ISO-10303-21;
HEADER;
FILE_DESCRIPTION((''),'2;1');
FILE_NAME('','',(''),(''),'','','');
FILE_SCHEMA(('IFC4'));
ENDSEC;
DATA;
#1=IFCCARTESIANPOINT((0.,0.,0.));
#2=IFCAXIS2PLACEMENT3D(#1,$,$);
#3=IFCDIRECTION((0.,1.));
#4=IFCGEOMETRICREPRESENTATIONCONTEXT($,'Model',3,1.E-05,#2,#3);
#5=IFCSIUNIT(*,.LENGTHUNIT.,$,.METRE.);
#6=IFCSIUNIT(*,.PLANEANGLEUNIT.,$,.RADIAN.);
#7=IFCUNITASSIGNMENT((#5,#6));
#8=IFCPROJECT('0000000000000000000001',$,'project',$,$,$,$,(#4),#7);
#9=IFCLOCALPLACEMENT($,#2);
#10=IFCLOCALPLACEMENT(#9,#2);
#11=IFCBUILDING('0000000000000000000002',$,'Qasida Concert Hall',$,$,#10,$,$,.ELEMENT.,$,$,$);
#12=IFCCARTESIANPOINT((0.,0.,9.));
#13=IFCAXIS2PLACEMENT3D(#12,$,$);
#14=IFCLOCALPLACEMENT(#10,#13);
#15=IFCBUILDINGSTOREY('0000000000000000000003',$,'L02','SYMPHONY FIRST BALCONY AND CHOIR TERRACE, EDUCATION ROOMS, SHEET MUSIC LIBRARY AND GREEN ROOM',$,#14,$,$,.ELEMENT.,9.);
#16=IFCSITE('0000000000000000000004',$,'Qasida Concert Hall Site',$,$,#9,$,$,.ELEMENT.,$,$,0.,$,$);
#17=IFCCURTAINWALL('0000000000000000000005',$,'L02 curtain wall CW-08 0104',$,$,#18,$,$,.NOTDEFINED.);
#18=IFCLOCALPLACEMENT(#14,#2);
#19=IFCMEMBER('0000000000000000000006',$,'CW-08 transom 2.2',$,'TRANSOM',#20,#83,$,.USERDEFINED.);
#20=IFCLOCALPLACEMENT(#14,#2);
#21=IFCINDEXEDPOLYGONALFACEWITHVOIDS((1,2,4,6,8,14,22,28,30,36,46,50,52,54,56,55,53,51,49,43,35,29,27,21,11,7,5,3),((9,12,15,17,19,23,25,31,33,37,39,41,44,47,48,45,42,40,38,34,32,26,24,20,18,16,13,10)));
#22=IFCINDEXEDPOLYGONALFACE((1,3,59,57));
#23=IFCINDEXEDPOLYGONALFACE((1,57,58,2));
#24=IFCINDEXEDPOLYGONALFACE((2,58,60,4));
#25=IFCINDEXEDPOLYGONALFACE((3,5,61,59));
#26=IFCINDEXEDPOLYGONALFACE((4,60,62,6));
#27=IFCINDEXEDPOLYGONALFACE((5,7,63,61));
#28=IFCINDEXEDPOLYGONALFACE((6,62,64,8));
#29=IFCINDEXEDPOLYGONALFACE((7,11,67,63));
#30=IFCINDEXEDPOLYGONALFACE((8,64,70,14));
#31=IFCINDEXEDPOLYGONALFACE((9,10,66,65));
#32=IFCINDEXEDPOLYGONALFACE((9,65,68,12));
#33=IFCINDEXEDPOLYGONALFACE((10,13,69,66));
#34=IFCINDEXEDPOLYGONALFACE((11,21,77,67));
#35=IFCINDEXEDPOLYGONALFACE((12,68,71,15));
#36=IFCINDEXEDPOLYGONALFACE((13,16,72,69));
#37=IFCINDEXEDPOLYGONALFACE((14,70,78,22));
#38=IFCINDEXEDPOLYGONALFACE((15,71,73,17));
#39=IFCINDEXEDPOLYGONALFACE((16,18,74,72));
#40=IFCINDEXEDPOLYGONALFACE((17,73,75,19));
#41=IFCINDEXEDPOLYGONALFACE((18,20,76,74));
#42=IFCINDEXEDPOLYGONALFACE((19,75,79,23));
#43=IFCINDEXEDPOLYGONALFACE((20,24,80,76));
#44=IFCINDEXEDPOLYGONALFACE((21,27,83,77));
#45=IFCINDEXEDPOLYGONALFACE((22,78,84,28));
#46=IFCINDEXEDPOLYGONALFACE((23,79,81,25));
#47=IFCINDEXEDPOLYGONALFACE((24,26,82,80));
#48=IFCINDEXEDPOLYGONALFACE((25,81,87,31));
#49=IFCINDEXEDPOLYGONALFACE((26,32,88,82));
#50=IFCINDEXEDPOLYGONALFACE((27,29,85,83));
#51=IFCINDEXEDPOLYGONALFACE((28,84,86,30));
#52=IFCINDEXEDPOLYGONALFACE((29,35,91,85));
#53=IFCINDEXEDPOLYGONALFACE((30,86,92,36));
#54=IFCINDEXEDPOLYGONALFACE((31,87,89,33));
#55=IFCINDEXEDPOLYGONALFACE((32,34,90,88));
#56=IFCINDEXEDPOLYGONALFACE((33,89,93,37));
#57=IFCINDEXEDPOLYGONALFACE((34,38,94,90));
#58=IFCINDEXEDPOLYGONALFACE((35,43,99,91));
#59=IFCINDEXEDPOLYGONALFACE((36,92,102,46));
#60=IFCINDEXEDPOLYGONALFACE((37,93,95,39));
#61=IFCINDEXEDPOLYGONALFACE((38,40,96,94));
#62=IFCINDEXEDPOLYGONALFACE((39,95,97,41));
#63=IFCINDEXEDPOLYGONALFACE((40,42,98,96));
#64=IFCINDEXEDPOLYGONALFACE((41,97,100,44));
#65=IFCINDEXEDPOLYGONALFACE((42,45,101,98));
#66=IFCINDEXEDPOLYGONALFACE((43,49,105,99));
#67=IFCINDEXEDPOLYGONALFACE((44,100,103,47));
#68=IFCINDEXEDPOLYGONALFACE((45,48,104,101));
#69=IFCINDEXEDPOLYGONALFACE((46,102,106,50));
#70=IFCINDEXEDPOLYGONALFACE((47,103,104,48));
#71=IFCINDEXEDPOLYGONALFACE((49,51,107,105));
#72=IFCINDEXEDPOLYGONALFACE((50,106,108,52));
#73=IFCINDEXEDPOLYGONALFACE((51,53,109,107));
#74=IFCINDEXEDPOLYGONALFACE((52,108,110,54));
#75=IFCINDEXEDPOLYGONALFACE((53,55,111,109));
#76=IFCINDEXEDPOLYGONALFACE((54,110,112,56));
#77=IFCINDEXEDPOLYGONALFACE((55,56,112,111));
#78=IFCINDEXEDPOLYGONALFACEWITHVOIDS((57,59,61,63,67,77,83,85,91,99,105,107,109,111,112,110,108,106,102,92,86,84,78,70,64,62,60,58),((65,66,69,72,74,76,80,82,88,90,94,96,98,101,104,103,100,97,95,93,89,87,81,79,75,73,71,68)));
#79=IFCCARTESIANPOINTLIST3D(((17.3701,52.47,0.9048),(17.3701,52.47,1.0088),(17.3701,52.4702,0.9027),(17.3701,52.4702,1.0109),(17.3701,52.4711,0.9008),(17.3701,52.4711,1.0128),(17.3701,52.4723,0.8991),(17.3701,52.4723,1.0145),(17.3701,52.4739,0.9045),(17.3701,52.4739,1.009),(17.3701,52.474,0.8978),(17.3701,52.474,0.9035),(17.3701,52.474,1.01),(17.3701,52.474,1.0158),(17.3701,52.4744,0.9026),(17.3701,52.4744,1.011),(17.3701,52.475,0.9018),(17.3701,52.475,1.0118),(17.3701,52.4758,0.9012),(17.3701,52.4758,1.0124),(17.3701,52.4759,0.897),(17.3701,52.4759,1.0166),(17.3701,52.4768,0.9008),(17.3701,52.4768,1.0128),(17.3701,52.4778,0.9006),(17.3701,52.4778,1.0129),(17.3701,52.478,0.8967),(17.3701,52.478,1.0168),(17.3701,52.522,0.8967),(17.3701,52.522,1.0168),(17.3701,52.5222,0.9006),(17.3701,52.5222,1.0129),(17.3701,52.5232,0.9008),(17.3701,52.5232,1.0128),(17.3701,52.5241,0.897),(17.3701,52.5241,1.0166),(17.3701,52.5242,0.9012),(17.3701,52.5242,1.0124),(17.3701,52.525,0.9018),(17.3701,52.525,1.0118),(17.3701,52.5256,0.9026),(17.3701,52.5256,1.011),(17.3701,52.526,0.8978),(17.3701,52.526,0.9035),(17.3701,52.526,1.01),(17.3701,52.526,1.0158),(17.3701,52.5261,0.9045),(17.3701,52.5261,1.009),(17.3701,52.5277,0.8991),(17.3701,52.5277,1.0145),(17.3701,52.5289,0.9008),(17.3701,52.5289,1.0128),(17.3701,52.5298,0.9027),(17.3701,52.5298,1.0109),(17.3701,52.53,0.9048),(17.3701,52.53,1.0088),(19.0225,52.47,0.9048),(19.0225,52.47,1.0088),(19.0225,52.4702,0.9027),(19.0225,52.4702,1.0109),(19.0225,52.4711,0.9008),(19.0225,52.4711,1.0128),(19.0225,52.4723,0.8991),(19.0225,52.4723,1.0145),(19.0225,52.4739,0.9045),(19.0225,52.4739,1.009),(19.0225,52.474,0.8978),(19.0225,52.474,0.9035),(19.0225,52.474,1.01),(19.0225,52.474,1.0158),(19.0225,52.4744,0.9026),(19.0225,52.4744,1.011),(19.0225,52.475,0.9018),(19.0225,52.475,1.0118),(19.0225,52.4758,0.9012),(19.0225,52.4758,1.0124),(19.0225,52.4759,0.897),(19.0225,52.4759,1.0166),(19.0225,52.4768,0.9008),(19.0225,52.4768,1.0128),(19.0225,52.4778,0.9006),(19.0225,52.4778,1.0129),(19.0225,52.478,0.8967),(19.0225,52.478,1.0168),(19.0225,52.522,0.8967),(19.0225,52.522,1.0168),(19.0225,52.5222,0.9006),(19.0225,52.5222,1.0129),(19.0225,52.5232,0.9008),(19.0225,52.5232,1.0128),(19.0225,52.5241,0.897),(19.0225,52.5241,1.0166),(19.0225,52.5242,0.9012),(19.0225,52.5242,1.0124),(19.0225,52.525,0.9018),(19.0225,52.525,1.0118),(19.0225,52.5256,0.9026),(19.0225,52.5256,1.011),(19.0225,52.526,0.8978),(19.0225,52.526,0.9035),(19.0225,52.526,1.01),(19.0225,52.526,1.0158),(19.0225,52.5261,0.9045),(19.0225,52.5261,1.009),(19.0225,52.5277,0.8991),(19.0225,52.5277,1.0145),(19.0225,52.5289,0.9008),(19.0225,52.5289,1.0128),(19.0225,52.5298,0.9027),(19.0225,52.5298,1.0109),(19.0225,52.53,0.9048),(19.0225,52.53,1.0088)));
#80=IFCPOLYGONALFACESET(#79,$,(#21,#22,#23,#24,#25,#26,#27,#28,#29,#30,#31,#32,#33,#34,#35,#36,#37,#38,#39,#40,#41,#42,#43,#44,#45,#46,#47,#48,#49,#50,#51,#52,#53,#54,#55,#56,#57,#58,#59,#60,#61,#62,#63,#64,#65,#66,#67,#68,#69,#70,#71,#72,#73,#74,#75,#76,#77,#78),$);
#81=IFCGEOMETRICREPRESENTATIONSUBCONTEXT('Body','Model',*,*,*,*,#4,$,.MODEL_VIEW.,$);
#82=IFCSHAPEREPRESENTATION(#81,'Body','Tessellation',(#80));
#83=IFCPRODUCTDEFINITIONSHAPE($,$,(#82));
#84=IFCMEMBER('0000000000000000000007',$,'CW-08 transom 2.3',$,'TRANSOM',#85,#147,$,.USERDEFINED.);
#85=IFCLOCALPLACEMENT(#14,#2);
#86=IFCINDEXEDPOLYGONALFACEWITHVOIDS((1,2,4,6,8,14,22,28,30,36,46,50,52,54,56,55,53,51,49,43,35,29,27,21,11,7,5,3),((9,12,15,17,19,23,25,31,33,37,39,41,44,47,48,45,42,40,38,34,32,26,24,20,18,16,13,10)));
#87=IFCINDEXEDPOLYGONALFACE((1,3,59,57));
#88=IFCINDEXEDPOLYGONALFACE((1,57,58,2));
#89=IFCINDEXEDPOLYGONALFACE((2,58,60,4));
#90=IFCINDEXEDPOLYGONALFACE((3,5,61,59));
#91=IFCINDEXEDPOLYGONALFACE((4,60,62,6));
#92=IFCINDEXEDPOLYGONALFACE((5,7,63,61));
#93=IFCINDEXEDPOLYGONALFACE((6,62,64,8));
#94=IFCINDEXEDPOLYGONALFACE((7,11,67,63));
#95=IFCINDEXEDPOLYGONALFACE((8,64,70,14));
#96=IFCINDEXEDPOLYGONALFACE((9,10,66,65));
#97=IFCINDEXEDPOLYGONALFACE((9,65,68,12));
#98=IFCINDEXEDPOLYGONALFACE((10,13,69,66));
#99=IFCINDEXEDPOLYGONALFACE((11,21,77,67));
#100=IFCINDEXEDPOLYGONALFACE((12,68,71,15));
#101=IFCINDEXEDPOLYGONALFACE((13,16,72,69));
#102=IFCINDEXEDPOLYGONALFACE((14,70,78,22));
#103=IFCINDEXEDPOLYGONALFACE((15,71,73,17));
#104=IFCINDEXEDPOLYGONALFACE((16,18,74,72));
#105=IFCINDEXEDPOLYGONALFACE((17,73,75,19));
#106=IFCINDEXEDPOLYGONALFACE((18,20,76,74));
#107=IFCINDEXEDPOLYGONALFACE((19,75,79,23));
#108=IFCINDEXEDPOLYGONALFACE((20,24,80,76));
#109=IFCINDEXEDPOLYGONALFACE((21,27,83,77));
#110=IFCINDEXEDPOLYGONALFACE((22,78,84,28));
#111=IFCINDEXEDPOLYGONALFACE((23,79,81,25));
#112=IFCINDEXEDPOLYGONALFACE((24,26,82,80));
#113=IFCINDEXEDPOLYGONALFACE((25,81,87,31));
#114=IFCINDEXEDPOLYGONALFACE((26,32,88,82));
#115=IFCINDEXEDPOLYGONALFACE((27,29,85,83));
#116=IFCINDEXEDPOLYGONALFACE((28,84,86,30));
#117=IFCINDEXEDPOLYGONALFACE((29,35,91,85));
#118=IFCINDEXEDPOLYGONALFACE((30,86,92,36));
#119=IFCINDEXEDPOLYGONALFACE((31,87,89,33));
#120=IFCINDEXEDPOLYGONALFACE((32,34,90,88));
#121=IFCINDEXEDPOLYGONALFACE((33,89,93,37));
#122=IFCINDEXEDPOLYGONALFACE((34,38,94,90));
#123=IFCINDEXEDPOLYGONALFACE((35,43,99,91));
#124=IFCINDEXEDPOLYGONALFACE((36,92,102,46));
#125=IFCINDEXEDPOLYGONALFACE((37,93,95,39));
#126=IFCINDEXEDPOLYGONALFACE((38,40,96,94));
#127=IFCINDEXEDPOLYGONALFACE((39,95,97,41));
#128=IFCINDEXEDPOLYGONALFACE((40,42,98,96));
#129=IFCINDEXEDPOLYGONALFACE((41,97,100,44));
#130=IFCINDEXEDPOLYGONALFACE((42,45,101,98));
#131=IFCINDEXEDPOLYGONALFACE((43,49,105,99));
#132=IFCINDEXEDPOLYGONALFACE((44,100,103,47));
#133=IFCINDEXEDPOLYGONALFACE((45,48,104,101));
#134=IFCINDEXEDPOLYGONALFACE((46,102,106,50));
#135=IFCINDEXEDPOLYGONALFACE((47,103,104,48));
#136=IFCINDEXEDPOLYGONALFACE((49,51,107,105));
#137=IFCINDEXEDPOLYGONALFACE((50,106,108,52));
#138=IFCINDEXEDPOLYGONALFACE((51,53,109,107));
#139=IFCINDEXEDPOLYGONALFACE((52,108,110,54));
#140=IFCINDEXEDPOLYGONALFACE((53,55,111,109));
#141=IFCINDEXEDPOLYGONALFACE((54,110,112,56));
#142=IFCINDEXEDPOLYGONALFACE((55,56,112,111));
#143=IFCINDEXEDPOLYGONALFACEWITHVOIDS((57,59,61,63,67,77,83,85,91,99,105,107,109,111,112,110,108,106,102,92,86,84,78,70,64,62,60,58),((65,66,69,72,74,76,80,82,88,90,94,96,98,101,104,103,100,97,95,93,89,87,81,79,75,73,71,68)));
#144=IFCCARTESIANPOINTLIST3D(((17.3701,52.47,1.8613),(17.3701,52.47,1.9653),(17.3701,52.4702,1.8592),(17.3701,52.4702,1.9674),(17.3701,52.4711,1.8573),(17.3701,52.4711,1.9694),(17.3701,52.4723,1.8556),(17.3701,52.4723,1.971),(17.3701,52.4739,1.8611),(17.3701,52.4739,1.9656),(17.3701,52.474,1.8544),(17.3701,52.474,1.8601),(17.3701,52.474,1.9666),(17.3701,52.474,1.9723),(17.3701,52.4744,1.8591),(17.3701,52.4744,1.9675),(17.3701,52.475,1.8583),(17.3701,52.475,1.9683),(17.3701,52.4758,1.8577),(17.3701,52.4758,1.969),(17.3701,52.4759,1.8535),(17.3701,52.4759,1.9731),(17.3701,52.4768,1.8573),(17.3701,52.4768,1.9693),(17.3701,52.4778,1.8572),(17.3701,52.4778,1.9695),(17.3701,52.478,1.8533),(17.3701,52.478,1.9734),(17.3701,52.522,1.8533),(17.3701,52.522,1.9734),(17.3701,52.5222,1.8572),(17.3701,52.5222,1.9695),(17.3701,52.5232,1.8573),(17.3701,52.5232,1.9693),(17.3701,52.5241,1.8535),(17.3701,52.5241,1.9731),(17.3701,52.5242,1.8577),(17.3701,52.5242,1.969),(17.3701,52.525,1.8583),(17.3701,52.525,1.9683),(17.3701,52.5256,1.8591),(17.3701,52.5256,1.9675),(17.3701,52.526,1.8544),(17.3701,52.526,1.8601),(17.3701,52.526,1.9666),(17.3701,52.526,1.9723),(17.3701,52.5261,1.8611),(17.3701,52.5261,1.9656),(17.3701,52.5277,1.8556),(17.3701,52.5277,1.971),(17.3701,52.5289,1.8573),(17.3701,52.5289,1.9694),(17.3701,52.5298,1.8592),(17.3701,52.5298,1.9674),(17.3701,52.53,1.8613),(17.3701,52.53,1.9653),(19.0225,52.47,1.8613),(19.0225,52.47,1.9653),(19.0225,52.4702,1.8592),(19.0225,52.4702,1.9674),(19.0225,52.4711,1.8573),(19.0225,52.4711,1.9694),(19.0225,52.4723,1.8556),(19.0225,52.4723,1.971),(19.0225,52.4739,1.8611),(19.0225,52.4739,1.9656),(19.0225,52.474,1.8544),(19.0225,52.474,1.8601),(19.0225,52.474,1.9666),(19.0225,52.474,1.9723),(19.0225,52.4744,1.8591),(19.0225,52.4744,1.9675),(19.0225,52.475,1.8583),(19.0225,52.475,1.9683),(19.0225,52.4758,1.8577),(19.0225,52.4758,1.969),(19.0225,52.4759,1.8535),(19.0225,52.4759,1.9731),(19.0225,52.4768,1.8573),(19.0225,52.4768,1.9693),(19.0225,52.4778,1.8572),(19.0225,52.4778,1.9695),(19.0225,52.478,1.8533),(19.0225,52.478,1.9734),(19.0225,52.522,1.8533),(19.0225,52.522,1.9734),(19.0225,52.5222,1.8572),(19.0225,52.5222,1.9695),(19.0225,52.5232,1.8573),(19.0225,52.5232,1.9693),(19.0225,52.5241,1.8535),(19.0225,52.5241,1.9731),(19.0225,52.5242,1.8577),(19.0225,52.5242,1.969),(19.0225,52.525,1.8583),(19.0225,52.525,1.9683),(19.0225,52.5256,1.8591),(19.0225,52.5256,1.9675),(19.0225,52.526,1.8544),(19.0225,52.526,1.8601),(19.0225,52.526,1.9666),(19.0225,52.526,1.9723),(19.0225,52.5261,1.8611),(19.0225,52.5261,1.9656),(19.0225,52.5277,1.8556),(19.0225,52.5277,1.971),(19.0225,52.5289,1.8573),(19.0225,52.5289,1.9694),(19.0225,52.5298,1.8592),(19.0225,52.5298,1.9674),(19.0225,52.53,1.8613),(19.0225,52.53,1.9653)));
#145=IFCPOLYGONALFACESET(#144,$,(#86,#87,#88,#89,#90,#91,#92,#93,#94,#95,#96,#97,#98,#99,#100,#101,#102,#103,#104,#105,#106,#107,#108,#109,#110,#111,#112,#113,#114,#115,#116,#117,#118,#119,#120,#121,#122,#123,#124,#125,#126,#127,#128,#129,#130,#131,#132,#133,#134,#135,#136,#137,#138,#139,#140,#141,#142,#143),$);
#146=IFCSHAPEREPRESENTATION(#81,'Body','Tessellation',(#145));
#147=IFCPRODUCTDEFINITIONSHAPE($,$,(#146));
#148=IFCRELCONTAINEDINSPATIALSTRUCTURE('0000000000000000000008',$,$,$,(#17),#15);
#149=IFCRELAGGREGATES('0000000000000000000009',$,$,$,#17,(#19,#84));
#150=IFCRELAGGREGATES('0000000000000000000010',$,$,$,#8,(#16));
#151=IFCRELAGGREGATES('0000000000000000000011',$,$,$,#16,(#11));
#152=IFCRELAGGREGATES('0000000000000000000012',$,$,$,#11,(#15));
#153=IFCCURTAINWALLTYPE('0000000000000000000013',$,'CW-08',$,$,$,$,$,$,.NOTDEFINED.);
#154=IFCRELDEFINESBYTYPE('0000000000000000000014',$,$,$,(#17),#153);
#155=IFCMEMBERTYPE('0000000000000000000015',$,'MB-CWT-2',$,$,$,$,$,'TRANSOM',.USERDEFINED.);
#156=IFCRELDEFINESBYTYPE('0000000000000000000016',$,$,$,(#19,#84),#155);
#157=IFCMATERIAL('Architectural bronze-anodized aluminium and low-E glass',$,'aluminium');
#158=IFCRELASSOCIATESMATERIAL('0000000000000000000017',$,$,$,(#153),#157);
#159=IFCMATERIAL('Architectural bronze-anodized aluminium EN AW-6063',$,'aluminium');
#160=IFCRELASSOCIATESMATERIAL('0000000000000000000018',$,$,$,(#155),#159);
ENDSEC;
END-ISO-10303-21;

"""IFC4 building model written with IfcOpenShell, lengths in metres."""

from ifc_helpers import new_model, si_unit, direction, frame, origin, origin_2d, place, context, subcontext, project, spatial, hollow_rectangle, extrude, material, material_profile, profile_set, type_object, element, aggregate, save


model = new_model("IFC4")

# Units and contexts
model_context = context("Model", 3, precision=1e-05, world=origin(), true_north=direction((0.0, 1.0)))
body_context = subcontext(model_context, "Body", "Model", "MODEL_VIEW")
ifc_project = project(units=[si_unit("LENGTHUNIT", "METRE"), si_unit("PLANEANGLEUNIT", "RADIAN")], contexts=[model_context])

# Site, building, storey
site_placement = place(None, origin())
site = spatial("IfcSite", under=ifc_project, at=site_placement, Name="Qasida Concert Hall Site", CompositionType="ELEMENT", RefElevation=0.0)
building_placement = place(site_placement, origin())
building = spatial("IfcBuilding", under=site, at=building_placement, Name="Qasida Concert Hall", CompositionType="ELEMENT")
storey_placement = place(building_placement, frame((0.0, 0.0, 9.0)))
storey = spatial("IfcBuildingStorey", under=building, at=storey_placement, Name="L02", Description="SYMPHONY FIRST BALCONY AND CHOIR TERRACE, EDUCATION ROOMS, SHEET MUSIC LIBRARY AND GREEN ROOM", CompositionType="ELEMENT", Elevation=9.0)

# Curtain wall, members
ifc_material_1 = material(Name="Architectural bronze-anodized aluminium and low-E glass", Category="aluminium")
curtain_wall_type = type_object("IfcCurtainWallType", Name="CW-08", PredefinedType="NOTDEFINED", material=ifc_material_1)
curtain_wall_placement = place(storey_placement, origin())
curtain_wall = element("IfcCurtainWall", 1, at=curtain_wall_placement, inside=storey, type_object=curtain_wall_type, Name="L02 curtain wall CW-08 0104", PredefinedType="NOTDEFINED")
ifc_material_2 = material(Name="Architectural bronze-anodized aluminium EN AW-6063", Category="aluminium")
ifc_material_profile_1 = material_profile(ifc_material_2, hollow_rectangle(XDim=0.0601, YDim=0.1201, WallThickness=0.0039, InnerFilletRadius=0.0039, OuterFilletRadius=0.0081, at=origin_2d()), Name="CWT 120x60x4")
ifc_profile_set_1 = profile_set([ifc_material_profile_1], Name="Architectural bronze-anodized aluminium EN AW-6063")
member_type_1 = type_object("IfcMemberType", Name="MB-CWT-2", ElementType="TRANSOM", PredefinedType="USERDEFINED", material=ifc_profile_set_1)
member_1_placement = place(storey_placement, frame((17.3701, 52.5, 0.9568), z_axis=(1.0, 0.0, 0.0), x_axis=(0.0, 1.0, 0.0)))
member_1 = element("IfcMember", 2, at=member_1_placement, type_object=member_type_1, Name="CW-08 transom 2.2", ObjectType="TRANSOM", PredefinedType="USERDEFINED", context=body_context, shape_type="SweptSolid", body=[
    extrude(hollow_rectangle(XDim=0.0601, YDim=0.1201, WallThickness=0.0039, InnerFilletRadius=0.0039, OuterFilletRadius=0.0081, at=origin_2d()), origin(), (0.0, 0.0, 1.0), 1.6523),
])
member_2_placement = place(storey_placement, frame((17.3701, 52.5, 1.9133), z_axis=(1.0, 0.0, 0.0), x_axis=(0.0, 1.0, 0.0)))
member_2 = element("IfcMember", 3, at=member_2_placement, type_object=member_type_1, Name="CW-08 transom 2.3", ObjectType="TRANSOM", PredefinedType="USERDEFINED", context=body_context, shape_type="SweptSolid", body=[
    extrude(hollow_rectangle(XDim=0.0601, YDim=0.1201, WallThickness=0.0039, InnerFilletRadius=0.0039, OuterFilletRadius=0.0081, at=origin_2d()), origin(), (0.0, 0.0, 1.0), 1.6523),
])
aggregate(curtain_wall, [member_1, member_2])

save(model, "model.ifc")
